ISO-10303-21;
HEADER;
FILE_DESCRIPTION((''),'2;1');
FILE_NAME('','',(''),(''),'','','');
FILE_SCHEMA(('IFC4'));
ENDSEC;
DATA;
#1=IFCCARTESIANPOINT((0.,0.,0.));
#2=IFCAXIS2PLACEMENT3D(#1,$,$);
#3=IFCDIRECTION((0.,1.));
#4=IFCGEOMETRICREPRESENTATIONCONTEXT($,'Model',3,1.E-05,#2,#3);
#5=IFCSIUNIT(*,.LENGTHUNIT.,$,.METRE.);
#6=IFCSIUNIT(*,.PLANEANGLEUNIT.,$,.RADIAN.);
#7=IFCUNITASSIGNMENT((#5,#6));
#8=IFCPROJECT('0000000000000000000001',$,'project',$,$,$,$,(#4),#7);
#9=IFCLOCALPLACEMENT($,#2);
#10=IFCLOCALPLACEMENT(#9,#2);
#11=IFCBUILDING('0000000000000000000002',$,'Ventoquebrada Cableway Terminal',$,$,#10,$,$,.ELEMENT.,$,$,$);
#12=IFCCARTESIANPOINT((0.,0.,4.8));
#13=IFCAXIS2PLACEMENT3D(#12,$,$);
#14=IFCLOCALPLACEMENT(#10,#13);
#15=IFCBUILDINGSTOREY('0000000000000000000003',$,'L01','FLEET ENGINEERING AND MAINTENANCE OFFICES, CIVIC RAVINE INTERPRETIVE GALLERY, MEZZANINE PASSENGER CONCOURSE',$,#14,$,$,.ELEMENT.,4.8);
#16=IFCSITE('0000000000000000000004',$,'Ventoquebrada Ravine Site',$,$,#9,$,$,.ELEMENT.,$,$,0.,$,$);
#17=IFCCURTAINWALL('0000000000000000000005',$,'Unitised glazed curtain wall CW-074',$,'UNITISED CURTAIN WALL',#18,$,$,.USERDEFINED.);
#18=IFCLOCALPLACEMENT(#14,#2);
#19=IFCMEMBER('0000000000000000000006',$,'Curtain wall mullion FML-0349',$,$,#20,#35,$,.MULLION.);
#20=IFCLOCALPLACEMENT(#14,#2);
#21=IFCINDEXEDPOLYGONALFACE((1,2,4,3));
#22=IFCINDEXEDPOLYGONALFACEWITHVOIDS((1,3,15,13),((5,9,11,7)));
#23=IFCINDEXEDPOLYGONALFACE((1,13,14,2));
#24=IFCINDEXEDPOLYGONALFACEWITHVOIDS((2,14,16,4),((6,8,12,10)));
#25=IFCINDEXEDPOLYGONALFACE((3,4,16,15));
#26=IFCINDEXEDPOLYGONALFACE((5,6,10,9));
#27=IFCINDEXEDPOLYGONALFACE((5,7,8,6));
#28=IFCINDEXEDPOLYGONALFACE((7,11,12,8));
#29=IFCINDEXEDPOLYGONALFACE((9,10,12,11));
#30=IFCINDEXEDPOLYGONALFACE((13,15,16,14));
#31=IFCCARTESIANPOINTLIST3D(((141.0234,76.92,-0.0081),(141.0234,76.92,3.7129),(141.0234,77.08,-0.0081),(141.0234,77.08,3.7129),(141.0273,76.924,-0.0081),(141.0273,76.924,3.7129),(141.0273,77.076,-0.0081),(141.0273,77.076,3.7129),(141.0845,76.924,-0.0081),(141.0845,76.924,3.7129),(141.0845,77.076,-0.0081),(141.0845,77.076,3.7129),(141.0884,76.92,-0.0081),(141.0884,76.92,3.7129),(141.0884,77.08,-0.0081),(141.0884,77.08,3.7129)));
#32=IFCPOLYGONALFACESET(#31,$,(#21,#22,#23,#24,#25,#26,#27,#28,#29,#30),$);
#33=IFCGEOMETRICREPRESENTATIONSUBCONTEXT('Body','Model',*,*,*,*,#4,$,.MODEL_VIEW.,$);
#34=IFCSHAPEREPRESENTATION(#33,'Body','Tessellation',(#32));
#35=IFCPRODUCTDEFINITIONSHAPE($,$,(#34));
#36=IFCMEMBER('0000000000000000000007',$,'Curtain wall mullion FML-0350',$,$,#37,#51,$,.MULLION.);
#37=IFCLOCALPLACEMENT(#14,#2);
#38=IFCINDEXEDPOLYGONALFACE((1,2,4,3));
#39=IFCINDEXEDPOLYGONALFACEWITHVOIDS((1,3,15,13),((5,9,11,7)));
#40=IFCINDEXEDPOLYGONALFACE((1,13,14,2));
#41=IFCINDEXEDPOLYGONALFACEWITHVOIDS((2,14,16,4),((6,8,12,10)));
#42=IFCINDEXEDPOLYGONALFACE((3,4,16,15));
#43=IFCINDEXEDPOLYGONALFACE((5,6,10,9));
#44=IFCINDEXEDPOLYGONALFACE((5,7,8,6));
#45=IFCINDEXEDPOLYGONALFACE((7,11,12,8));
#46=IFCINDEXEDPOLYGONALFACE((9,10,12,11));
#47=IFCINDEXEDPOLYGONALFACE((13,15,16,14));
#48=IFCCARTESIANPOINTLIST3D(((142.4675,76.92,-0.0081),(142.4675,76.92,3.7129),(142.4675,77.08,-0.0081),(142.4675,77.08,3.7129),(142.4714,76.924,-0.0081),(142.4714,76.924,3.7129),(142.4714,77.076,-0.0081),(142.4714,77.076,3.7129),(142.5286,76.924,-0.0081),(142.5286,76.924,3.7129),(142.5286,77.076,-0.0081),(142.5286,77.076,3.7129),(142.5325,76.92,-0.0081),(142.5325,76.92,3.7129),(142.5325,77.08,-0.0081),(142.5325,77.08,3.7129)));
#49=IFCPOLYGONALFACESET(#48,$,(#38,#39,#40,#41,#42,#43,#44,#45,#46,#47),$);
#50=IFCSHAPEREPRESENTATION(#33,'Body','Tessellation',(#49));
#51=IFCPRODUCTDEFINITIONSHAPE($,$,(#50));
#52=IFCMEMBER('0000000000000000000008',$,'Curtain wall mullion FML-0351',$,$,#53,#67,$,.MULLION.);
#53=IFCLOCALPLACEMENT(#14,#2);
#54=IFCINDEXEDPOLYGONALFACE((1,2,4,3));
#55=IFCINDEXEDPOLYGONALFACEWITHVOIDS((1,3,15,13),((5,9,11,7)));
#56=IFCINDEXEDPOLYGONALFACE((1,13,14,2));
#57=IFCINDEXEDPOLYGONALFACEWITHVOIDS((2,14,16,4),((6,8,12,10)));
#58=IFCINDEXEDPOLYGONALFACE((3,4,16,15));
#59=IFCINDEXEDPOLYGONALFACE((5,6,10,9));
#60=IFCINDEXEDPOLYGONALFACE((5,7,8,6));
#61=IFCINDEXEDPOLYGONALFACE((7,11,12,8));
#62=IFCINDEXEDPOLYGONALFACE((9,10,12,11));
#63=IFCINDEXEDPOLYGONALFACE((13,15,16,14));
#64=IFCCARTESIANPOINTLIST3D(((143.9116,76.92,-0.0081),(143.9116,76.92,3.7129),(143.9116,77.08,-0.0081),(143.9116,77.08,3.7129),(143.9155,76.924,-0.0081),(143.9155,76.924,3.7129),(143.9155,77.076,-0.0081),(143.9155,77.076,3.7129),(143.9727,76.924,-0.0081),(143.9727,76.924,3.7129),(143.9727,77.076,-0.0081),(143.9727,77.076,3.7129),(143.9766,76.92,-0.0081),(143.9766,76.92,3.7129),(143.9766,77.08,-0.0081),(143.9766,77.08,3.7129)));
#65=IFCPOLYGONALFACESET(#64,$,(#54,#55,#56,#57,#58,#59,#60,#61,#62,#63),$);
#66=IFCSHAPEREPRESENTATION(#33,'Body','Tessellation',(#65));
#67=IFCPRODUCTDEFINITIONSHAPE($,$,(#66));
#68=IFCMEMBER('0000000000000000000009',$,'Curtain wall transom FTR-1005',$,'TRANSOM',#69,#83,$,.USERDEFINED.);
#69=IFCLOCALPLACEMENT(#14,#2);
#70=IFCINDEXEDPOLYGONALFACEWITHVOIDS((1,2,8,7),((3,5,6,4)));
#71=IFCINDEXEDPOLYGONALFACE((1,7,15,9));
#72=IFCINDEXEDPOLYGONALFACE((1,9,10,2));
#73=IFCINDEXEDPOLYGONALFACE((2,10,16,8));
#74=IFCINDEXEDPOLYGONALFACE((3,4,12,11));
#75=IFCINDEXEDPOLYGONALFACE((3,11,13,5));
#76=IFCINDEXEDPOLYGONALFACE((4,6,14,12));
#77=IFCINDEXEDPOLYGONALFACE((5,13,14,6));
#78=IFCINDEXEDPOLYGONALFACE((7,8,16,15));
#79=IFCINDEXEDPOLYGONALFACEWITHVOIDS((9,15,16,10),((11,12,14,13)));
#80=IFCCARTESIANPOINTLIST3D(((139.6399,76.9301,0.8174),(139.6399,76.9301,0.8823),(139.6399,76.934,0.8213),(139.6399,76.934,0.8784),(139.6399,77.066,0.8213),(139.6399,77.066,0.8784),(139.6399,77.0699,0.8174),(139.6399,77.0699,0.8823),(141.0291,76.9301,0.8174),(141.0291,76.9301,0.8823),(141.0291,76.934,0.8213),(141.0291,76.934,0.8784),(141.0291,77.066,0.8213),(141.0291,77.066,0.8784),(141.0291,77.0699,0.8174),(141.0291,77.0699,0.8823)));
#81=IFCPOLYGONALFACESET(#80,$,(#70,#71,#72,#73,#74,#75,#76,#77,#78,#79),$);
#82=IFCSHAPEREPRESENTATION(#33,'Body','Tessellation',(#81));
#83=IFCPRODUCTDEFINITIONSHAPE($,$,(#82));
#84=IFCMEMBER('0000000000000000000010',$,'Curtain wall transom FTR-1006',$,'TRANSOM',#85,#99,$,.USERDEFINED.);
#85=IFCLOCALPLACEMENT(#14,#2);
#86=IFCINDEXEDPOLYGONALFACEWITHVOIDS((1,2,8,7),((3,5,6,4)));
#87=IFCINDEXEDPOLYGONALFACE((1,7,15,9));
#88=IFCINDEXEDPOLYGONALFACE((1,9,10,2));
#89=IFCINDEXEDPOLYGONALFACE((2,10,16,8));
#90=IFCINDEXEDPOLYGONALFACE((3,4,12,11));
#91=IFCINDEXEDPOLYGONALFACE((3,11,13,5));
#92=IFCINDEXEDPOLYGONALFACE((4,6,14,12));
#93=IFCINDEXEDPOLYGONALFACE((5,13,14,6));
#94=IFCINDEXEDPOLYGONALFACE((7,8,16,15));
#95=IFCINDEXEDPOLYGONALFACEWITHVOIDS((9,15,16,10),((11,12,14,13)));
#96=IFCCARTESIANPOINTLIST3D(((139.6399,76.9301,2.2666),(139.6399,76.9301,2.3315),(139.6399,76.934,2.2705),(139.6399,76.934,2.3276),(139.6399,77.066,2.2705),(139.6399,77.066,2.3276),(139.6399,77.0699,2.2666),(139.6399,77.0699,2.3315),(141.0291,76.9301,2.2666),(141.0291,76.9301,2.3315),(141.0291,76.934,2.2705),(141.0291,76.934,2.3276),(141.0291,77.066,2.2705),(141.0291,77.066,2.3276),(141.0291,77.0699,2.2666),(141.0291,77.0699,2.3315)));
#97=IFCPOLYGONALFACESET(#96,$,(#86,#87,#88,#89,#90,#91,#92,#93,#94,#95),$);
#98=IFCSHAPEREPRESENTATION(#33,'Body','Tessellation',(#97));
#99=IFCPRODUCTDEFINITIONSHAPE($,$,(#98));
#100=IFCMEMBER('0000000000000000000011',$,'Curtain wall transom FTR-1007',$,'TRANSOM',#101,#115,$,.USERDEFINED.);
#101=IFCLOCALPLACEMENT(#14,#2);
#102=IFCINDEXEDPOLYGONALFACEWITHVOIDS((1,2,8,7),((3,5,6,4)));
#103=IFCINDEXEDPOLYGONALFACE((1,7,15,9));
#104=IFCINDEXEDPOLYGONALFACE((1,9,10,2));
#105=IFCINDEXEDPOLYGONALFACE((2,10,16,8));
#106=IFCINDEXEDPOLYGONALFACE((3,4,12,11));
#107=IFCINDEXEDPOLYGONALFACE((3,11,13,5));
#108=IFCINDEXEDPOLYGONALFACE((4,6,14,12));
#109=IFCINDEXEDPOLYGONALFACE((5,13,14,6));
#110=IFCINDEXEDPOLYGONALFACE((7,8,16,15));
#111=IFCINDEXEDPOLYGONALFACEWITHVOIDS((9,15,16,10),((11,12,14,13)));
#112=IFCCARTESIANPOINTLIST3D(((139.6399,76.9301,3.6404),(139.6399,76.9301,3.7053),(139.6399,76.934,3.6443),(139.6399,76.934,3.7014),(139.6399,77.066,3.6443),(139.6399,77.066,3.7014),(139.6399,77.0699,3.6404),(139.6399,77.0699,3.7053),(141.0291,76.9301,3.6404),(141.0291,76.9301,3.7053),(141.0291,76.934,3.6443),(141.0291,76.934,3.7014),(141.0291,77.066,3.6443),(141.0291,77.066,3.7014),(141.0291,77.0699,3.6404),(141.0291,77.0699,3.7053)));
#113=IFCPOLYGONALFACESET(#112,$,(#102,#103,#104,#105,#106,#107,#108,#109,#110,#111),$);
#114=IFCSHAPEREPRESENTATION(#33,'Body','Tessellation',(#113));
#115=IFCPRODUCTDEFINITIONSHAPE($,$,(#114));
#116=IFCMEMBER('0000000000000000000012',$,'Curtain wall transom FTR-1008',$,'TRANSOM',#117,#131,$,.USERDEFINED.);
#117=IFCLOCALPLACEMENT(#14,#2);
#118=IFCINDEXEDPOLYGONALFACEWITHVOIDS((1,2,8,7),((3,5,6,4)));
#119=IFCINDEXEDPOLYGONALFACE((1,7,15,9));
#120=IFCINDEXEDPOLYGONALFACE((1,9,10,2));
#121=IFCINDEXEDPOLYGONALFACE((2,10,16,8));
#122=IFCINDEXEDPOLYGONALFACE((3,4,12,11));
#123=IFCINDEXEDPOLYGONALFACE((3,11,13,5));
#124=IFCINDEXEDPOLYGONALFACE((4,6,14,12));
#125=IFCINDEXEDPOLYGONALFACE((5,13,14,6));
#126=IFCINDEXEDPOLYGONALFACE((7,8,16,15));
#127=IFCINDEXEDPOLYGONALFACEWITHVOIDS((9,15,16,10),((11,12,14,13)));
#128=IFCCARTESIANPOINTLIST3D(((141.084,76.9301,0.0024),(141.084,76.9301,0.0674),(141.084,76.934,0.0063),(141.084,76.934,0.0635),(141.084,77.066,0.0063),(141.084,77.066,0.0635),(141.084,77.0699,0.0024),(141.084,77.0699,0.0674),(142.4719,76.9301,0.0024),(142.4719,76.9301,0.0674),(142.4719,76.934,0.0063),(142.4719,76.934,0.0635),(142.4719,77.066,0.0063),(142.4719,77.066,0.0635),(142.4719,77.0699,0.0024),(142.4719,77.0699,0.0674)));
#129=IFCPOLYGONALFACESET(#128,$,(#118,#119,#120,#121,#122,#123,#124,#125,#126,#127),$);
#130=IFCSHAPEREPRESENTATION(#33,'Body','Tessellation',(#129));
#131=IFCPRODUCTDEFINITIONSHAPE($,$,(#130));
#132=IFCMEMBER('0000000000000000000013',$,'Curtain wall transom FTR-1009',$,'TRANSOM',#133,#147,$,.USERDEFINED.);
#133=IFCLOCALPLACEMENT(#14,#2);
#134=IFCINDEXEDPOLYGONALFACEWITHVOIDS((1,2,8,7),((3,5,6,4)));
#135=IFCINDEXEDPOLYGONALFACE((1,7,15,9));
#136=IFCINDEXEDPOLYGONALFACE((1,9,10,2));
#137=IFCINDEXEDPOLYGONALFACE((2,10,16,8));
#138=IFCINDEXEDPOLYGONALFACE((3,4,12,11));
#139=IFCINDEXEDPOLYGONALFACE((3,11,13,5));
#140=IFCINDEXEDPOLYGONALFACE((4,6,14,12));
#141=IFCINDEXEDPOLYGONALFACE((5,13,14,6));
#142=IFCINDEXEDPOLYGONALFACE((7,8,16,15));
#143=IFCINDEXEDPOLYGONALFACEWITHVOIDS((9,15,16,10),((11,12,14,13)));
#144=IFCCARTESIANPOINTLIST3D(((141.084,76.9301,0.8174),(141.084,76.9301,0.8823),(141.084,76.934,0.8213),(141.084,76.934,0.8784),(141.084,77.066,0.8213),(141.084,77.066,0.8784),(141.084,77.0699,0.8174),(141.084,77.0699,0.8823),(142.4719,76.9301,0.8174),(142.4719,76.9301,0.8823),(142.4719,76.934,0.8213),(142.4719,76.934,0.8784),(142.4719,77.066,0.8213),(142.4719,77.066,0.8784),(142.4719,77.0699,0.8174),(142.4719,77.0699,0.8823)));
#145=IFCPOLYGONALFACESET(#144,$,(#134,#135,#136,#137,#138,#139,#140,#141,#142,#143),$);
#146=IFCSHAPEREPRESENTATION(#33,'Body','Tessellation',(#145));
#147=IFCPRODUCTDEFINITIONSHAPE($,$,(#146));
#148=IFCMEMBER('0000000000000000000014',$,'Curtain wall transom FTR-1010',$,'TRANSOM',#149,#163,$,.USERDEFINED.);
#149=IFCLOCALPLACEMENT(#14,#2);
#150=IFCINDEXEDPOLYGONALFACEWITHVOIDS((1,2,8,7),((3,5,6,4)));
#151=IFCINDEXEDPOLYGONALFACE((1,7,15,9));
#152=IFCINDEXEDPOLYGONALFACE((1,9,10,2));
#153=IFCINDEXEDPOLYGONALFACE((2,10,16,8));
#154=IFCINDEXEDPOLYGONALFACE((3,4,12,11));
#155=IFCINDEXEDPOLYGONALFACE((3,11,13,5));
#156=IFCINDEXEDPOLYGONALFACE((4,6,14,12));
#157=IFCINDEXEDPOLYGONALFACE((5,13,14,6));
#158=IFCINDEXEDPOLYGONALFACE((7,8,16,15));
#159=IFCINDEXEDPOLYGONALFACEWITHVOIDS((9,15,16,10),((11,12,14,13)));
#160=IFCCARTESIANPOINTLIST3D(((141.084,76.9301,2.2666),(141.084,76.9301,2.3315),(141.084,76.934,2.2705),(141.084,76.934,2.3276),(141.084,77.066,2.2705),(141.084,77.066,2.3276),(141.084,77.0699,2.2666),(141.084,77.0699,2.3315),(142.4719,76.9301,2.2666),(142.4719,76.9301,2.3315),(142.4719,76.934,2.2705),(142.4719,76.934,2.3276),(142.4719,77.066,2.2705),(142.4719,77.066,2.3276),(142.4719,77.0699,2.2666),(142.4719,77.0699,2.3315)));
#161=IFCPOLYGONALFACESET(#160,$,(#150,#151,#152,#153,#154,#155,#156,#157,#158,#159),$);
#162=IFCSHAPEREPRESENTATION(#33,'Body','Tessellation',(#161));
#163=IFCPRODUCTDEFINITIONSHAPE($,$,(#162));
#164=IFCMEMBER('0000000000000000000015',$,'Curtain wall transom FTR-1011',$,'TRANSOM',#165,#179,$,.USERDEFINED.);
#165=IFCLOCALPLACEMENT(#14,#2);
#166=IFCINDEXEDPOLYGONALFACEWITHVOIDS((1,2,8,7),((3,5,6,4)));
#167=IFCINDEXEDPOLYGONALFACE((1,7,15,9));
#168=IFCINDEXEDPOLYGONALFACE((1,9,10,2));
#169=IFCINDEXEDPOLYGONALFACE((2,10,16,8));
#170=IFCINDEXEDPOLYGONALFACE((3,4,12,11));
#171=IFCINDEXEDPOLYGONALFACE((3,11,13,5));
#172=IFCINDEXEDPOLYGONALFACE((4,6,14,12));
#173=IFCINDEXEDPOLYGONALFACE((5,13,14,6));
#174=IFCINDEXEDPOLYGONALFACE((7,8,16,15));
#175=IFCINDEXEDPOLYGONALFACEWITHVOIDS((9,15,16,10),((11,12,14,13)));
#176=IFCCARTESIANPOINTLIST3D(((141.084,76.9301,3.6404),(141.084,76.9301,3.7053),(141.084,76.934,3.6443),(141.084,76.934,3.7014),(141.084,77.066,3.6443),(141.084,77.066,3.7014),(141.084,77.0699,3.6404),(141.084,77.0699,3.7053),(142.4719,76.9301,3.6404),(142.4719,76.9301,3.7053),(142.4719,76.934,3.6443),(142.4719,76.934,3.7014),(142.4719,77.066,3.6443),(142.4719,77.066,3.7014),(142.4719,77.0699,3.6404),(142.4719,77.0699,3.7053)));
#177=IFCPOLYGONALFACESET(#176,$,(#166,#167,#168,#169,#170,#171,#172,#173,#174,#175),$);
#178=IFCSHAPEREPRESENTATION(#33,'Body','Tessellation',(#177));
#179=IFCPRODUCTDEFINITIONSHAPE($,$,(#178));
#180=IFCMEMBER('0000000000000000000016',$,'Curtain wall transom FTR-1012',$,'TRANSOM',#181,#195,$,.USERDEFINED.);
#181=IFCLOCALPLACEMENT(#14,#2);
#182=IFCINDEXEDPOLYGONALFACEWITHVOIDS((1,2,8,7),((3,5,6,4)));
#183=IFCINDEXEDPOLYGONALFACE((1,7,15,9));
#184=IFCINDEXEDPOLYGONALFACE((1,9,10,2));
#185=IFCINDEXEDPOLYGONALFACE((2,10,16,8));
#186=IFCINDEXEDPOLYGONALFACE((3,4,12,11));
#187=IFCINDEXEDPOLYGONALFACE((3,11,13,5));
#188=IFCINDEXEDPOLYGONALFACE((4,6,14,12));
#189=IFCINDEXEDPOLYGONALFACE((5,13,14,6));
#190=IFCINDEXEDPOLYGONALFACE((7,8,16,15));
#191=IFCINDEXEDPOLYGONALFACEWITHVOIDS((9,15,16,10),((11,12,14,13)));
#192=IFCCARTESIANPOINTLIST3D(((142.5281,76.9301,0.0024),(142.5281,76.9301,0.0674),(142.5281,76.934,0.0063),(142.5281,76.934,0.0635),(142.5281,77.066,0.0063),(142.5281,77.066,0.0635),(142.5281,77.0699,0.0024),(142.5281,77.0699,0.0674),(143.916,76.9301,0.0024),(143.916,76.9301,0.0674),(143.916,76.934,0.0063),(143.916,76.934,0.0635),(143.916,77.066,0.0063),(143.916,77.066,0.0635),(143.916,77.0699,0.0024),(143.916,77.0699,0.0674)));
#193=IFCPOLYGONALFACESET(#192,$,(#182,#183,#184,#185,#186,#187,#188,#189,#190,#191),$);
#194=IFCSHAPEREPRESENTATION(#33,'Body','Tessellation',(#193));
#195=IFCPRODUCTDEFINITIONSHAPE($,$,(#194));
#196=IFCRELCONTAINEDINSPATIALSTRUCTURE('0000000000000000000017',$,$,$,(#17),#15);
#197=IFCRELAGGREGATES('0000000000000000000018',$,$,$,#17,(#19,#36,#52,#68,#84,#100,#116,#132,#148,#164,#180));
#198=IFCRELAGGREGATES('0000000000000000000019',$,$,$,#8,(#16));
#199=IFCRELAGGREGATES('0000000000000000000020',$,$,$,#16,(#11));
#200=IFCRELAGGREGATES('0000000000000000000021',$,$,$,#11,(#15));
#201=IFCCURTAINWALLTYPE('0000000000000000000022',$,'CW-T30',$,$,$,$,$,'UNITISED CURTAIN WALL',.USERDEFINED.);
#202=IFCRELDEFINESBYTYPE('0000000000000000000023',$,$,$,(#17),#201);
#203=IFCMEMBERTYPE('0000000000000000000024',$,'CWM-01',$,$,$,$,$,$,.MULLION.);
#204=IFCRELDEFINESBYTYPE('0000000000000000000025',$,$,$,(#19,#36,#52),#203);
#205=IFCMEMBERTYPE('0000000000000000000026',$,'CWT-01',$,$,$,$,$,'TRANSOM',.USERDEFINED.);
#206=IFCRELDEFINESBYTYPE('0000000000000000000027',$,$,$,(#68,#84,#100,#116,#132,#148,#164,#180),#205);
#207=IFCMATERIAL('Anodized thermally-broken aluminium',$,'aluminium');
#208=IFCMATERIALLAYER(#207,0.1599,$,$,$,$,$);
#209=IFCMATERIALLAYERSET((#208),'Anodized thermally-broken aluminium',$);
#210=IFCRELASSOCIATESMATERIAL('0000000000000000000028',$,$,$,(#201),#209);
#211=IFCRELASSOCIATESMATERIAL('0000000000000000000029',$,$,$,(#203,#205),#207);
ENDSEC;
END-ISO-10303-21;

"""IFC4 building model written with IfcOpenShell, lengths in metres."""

from ifc_helpers import new_model, si_unit, direction, frame, origin, origin_2d, place, context, subcontext, project, spatial, hollow_rectangle, extrude, material, layer, layer_set, material_profile, profile_set, type_object, element, aggregate, save


model = new_model("IFC4")

# Units and contexts
model_context = context("Model", 3, precision=1e-05, world=origin(), true_north=direction((0.0, 1.0)))
body_context = subcontext(model_context, "Body", "Model", "MODEL_VIEW")
ifc_project = project(units=[si_unit("LENGTHUNIT", "METRE"), si_unit("PLANEANGLEUNIT", "RADIAN")], contexts=[model_context])

# Site, building, storey
site_placement = place(None, origin())
site = spatial("IfcSite", under=ifc_project, at=site_placement, Name="Ventoquebrada Ravine Site", CompositionType="ELEMENT", RefElevation=0.0)
building_placement = place(site_placement, origin())
building = spatial("IfcBuilding", under=site, at=building_placement, Name="Ventoquebrada Cableway Terminal", CompositionType="ELEMENT")
storey_placement = place(building_placement, frame((0.0, 0.0, 4.8)))
storey = spatial("IfcBuildingStorey", under=building, at=storey_placement, Name="L01", Description="FLEET ENGINEERING AND MAINTENANCE OFFICES, CIVIC RAVINE INTERPRETIVE GALLERY, MEZZANINE PASSENGER CONCOURSE", CompositionType="ELEMENT", Elevation=4.8)

# Curtain wall, members
ifc_material_1 = material(Name="Anodized thermally-broken aluminium", Category="aluminium")
ifc_layer_1 = layer(ifc_material_1, 0.1599)
ifc_layer_set_1 = layer_set([ifc_layer_1], Name="Anodized thermally-broken aluminium")
curtain_wall_type = type_object("IfcCurtainWallType", Name="CW-T30", ElementType="UNITISED CURTAIN WALL", PredefinedType="USERDEFINED", material=ifc_layer_set_1)
curtain_wall_placement = place(storey_placement, origin())
curtain_wall = element("IfcCurtainWall", 1, at=curtain_wall_placement, inside=storey, type_object=curtain_wall_type, Name="Unitised glazed curtain wall CW-074", ObjectType="UNITISED CURTAIN WALL", PredefinedType="USERDEFINED")
ifc_material_profile_1 = material_profile(ifc_material_1, hollow_rectangle(XDim=0.0649, YDim=0.1599, WallThickness=0.0039, at=origin_2d()), Name="CW-MUL-65X160")
ifc_profile_set_1 = profile_set([ifc_material_profile_1], Name="Anodized thermally-broken aluminium")
member_type_1 = type_object("IfcMemberType", Name="CWM-01", PredefinedType="MULLION", material=ifc_profile_set_1)
member_1_placement = place(storey_placement, frame((141.0559, 77.0, -0.0081), z_axis=(0.0, 0.0, 1.0), x_axis=(1.0, 0.0, 0.0)))
member_1 = element("IfcMember", 2, at=member_1_placement, type_object=member_type_1, Name="Curtain wall mullion FML-0349", PredefinedType="MULLION", context=body_context, shape_type="SweptSolid", body=[
    extrude(hollow_rectangle(XDim=0.0649, YDim=0.1599, WallThickness=0.0039, at=origin_2d()), origin(), (0.0, 0.0, 1.0), 3.7209),
])
member_2_placement = place(storey_placement, frame((142.5, 77.0, -0.0081), z_axis=(0.0, 0.0, 1.0), x_axis=(1.0, 0.0, 0.0)))
member_2 = element("IfcMember", 3, at=member_2_placement, type_object=member_type_1, Name="Curtain wall mullion FML-0350", PredefinedType="MULLION", context=body_context, shape_type="SweptSolid", body=[
    extrude(hollow_rectangle(XDim=0.0649, YDim=0.1599, WallThickness=0.0039, at=origin_2d()), origin(), (0.0, 0.0, 1.0), 3.7209),
])
member_3_placement = place(storey_placement, frame((143.9441, 77.0, -0.0081), z_axis=(0.0, 0.0, 1.0), x_axis=(1.0, 0.0, 0.0)))
member_3 = element("IfcMember", 4, at=member_3_placement, type_object=member_type_1, Name="Curtain wall mullion FML-0351", PredefinedType="MULLION", context=body_context, shape_type="SweptSolid", body=[
    extrude(hollow_rectangle(XDim=0.0649, YDim=0.1599, WallThickness=0.0039, at=origin_2d()), origin(), (0.0, 0.0, 1.0), 3.7209),
])
ifc_material_profile_2 = material_profile(ifc_material_1, hollow_rectangle(XDim=0.0649, YDim=0.1399, WallThickness=0.0039, at=origin_2d()), Name="CW-TRN-65X140")
ifc_profile_set_2 = profile_set([ifc_material_profile_2], Name="Anodized thermally-broken aluminium")
member_type_2 = type_object("IfcMemberType", Name="CWT-01", ElementType="TRANSOM", PredefinedType="USERDEFINED", material=ifc_profile_set_2)
member_4_placement = place(storey_placement, frame((139.6399, 77.0, 0.8499), z_axis=(1.0, 0.0, 0.0), x_axis=(0.0, 0.0, 1.0)))
member_4 = element("IfcMember", 5, at=member_4_placement, type_object=member_type_2, Name="Curtain wall transom FTR-1005", ObjectType="TRANSOM", PredefinedType="USERDEFINED", context=body_context, shape_type="SweptSolid", body=[
    extrude(hollow_rectangle(XDim=0.0649, YDim=0.1399, WallThickness=0.0039, at=origin_2d()), origin(), (0.0, 0.0, 1.0), 1.3892),
])
member_5_placement = place(storey_placement, frame((139.6399, 77.0, 2.2991), z_axis=(1.0, 0.0, 0.0), x_axis=(0.0, 0.0, 1.0)))
member_5 = element("IfcMember", 6, at=member_5_placement, type_object=member_type_2, Name="Curtain wall transom FTR-1006", ObjectType="TRANSOM", PredefinedType="USERDEFINED", context=body_context, shape_type="SweptSolid", body=[
    extrude(hollow_rectangle(XDim=0.0649, YDim=0.1399, WallThickness=0.0039, at=origin_2d()), origin(), (0.0, 0.0, 1.0), 1.3892),
])
member_6_placement = place(storey_placement, frame((139.6399, 77.0, 3.6729), z_axis=(1.0, 0.0, 0.0), x_axis=(0.0, 0.0, 1.0)))
member_6 = element("IfcMember", 7, at=member_6_placement, type_object=member_type_2, Name="Curtain wall transom FTR-1007", ObjectType="TRANSOM", PredefinedType="USERDEFINED", context=body_context, shape_type="SweptSolid", body=[
    extrude(hollow_rectangle(XDim=0.0649, YDim=0.1399, WallThickness=0.0039, at=origin_2d()), origin(), (0.0, 0.0, 1.0), 1.3892),
])
member_7_placement = place(storey_placement, frame((141.084, 77.0, 0.0349), z_axis=(1.0, 0.0, 0.0), x_axis=(0.0, 0.0, 1.0)))
member_7 = element("IfcMember", 8, at=member_7_placement, type_object=member_type_2, Name="Curtain wall transom FTR-1008", ObjectType="TRANSOM", PredefinedType="USERDEFINED", context=body_context, shape_type="SweptSolid", body=[
    extrude(hollow_rectangle(XDim=0.0649, YDim=0.1399, WallThickness=0.0039, at=origin_2d()), origin(), (0.0, 0.0, 1.0), 1.3879),
])
member_8_placement = place(storey_placement, frame((141.084, 77.0, 0.8499), z_axis=(1.0, 0.0, 0.0), x_axis=(0.0, 0.0, 1.0)))
member_8 = element("IfcMember", 9, at=member_8_placement, type_object=member_type_2, Name="Curtain wall transom FTR-1009", ObjectType="TRANSOM", PredefinedType="USERDEFINED", context=body_context, shape_type="SweptSolid", body=[
    extrude(hollow_rectangle(XDim=0.0649, YDim=0.1399, WallThickness=0.0039, at=origin_2d()), origin(), (0.0, 0.0, 1.0), 1.3879),
])
member_9_placement = place(storey_placement, frame((141.084, 77.0, 2.2991), z_axis=(1.0, 0.0, 0.0), x_axis=(0.0, 0.0, 1.0)))
member_9 = element("IfcMember", 10, at=member_9_placement, type_object=member_type_2, Name="Curtain wall transom FTR-1010", ObjectType="TRANSOM", PredefinedType="USERDEFINED", context=body_context, shape_type="SweptSolid", body=[
    extrude(hollow_rectangle(XDim=0.0649, YDim=0.1399, WallThickness=0.0039, at=origin_2d()), origin(), (0.0, 0.0, 1.0), 1.3879),
])
member_10_placement = place(storey_placement, frame((141.084, 77.0, 3.6729), z_axis=(1.0, 0.0, 0.0), x_axis=(0.0, 0.0, 1.0)))
member_10 = element("IfcMember", 11, at=member_10_placement, type_object=member_type_2, Name="Curtain wall transom FTR-1011", ObjectType="TRANSOM", PredefinedType="USERDEFINED", context=body_context, shape_type="SweptSolid", body=[
    extrude(hollow_rectangle(XDim=0.0649, YDim=0.1399, WallThickness=0.0039, at=origin_2d()), origin(), (0.0, 0.0, 1.0), 1.3879),
])
member_11_placement = place(storey_placement, frame((142.5281, 77.0, 0.0349), z_axis=(1.0, 0.0, 0.0), x_axis=(0.0, 0.0, 1.0)))
member_11 = element("IfcMember", 12, at=member_11_placement, type_object=member_type_2, Name="Curtain wall transom FTR-1012", ObjectType="TRANSOM", PredefinedType="USERDEFINED", context=body_context, shape_type="SweptSolid", body=[
    extrude(hollow_rectangle(XDim=0.0649, YDim=0.1399, WallThickness=0.0039, at=origin_2d()), origin(), (0.0, 0.0, 1.0), 1.3879),
])
aggregate(curtain_wall, [member_1, member_2, member_3, member_4, member_5, member_6, member_7, member_8, member_9, member_10, member_11])

save(model, "model.ifc")
